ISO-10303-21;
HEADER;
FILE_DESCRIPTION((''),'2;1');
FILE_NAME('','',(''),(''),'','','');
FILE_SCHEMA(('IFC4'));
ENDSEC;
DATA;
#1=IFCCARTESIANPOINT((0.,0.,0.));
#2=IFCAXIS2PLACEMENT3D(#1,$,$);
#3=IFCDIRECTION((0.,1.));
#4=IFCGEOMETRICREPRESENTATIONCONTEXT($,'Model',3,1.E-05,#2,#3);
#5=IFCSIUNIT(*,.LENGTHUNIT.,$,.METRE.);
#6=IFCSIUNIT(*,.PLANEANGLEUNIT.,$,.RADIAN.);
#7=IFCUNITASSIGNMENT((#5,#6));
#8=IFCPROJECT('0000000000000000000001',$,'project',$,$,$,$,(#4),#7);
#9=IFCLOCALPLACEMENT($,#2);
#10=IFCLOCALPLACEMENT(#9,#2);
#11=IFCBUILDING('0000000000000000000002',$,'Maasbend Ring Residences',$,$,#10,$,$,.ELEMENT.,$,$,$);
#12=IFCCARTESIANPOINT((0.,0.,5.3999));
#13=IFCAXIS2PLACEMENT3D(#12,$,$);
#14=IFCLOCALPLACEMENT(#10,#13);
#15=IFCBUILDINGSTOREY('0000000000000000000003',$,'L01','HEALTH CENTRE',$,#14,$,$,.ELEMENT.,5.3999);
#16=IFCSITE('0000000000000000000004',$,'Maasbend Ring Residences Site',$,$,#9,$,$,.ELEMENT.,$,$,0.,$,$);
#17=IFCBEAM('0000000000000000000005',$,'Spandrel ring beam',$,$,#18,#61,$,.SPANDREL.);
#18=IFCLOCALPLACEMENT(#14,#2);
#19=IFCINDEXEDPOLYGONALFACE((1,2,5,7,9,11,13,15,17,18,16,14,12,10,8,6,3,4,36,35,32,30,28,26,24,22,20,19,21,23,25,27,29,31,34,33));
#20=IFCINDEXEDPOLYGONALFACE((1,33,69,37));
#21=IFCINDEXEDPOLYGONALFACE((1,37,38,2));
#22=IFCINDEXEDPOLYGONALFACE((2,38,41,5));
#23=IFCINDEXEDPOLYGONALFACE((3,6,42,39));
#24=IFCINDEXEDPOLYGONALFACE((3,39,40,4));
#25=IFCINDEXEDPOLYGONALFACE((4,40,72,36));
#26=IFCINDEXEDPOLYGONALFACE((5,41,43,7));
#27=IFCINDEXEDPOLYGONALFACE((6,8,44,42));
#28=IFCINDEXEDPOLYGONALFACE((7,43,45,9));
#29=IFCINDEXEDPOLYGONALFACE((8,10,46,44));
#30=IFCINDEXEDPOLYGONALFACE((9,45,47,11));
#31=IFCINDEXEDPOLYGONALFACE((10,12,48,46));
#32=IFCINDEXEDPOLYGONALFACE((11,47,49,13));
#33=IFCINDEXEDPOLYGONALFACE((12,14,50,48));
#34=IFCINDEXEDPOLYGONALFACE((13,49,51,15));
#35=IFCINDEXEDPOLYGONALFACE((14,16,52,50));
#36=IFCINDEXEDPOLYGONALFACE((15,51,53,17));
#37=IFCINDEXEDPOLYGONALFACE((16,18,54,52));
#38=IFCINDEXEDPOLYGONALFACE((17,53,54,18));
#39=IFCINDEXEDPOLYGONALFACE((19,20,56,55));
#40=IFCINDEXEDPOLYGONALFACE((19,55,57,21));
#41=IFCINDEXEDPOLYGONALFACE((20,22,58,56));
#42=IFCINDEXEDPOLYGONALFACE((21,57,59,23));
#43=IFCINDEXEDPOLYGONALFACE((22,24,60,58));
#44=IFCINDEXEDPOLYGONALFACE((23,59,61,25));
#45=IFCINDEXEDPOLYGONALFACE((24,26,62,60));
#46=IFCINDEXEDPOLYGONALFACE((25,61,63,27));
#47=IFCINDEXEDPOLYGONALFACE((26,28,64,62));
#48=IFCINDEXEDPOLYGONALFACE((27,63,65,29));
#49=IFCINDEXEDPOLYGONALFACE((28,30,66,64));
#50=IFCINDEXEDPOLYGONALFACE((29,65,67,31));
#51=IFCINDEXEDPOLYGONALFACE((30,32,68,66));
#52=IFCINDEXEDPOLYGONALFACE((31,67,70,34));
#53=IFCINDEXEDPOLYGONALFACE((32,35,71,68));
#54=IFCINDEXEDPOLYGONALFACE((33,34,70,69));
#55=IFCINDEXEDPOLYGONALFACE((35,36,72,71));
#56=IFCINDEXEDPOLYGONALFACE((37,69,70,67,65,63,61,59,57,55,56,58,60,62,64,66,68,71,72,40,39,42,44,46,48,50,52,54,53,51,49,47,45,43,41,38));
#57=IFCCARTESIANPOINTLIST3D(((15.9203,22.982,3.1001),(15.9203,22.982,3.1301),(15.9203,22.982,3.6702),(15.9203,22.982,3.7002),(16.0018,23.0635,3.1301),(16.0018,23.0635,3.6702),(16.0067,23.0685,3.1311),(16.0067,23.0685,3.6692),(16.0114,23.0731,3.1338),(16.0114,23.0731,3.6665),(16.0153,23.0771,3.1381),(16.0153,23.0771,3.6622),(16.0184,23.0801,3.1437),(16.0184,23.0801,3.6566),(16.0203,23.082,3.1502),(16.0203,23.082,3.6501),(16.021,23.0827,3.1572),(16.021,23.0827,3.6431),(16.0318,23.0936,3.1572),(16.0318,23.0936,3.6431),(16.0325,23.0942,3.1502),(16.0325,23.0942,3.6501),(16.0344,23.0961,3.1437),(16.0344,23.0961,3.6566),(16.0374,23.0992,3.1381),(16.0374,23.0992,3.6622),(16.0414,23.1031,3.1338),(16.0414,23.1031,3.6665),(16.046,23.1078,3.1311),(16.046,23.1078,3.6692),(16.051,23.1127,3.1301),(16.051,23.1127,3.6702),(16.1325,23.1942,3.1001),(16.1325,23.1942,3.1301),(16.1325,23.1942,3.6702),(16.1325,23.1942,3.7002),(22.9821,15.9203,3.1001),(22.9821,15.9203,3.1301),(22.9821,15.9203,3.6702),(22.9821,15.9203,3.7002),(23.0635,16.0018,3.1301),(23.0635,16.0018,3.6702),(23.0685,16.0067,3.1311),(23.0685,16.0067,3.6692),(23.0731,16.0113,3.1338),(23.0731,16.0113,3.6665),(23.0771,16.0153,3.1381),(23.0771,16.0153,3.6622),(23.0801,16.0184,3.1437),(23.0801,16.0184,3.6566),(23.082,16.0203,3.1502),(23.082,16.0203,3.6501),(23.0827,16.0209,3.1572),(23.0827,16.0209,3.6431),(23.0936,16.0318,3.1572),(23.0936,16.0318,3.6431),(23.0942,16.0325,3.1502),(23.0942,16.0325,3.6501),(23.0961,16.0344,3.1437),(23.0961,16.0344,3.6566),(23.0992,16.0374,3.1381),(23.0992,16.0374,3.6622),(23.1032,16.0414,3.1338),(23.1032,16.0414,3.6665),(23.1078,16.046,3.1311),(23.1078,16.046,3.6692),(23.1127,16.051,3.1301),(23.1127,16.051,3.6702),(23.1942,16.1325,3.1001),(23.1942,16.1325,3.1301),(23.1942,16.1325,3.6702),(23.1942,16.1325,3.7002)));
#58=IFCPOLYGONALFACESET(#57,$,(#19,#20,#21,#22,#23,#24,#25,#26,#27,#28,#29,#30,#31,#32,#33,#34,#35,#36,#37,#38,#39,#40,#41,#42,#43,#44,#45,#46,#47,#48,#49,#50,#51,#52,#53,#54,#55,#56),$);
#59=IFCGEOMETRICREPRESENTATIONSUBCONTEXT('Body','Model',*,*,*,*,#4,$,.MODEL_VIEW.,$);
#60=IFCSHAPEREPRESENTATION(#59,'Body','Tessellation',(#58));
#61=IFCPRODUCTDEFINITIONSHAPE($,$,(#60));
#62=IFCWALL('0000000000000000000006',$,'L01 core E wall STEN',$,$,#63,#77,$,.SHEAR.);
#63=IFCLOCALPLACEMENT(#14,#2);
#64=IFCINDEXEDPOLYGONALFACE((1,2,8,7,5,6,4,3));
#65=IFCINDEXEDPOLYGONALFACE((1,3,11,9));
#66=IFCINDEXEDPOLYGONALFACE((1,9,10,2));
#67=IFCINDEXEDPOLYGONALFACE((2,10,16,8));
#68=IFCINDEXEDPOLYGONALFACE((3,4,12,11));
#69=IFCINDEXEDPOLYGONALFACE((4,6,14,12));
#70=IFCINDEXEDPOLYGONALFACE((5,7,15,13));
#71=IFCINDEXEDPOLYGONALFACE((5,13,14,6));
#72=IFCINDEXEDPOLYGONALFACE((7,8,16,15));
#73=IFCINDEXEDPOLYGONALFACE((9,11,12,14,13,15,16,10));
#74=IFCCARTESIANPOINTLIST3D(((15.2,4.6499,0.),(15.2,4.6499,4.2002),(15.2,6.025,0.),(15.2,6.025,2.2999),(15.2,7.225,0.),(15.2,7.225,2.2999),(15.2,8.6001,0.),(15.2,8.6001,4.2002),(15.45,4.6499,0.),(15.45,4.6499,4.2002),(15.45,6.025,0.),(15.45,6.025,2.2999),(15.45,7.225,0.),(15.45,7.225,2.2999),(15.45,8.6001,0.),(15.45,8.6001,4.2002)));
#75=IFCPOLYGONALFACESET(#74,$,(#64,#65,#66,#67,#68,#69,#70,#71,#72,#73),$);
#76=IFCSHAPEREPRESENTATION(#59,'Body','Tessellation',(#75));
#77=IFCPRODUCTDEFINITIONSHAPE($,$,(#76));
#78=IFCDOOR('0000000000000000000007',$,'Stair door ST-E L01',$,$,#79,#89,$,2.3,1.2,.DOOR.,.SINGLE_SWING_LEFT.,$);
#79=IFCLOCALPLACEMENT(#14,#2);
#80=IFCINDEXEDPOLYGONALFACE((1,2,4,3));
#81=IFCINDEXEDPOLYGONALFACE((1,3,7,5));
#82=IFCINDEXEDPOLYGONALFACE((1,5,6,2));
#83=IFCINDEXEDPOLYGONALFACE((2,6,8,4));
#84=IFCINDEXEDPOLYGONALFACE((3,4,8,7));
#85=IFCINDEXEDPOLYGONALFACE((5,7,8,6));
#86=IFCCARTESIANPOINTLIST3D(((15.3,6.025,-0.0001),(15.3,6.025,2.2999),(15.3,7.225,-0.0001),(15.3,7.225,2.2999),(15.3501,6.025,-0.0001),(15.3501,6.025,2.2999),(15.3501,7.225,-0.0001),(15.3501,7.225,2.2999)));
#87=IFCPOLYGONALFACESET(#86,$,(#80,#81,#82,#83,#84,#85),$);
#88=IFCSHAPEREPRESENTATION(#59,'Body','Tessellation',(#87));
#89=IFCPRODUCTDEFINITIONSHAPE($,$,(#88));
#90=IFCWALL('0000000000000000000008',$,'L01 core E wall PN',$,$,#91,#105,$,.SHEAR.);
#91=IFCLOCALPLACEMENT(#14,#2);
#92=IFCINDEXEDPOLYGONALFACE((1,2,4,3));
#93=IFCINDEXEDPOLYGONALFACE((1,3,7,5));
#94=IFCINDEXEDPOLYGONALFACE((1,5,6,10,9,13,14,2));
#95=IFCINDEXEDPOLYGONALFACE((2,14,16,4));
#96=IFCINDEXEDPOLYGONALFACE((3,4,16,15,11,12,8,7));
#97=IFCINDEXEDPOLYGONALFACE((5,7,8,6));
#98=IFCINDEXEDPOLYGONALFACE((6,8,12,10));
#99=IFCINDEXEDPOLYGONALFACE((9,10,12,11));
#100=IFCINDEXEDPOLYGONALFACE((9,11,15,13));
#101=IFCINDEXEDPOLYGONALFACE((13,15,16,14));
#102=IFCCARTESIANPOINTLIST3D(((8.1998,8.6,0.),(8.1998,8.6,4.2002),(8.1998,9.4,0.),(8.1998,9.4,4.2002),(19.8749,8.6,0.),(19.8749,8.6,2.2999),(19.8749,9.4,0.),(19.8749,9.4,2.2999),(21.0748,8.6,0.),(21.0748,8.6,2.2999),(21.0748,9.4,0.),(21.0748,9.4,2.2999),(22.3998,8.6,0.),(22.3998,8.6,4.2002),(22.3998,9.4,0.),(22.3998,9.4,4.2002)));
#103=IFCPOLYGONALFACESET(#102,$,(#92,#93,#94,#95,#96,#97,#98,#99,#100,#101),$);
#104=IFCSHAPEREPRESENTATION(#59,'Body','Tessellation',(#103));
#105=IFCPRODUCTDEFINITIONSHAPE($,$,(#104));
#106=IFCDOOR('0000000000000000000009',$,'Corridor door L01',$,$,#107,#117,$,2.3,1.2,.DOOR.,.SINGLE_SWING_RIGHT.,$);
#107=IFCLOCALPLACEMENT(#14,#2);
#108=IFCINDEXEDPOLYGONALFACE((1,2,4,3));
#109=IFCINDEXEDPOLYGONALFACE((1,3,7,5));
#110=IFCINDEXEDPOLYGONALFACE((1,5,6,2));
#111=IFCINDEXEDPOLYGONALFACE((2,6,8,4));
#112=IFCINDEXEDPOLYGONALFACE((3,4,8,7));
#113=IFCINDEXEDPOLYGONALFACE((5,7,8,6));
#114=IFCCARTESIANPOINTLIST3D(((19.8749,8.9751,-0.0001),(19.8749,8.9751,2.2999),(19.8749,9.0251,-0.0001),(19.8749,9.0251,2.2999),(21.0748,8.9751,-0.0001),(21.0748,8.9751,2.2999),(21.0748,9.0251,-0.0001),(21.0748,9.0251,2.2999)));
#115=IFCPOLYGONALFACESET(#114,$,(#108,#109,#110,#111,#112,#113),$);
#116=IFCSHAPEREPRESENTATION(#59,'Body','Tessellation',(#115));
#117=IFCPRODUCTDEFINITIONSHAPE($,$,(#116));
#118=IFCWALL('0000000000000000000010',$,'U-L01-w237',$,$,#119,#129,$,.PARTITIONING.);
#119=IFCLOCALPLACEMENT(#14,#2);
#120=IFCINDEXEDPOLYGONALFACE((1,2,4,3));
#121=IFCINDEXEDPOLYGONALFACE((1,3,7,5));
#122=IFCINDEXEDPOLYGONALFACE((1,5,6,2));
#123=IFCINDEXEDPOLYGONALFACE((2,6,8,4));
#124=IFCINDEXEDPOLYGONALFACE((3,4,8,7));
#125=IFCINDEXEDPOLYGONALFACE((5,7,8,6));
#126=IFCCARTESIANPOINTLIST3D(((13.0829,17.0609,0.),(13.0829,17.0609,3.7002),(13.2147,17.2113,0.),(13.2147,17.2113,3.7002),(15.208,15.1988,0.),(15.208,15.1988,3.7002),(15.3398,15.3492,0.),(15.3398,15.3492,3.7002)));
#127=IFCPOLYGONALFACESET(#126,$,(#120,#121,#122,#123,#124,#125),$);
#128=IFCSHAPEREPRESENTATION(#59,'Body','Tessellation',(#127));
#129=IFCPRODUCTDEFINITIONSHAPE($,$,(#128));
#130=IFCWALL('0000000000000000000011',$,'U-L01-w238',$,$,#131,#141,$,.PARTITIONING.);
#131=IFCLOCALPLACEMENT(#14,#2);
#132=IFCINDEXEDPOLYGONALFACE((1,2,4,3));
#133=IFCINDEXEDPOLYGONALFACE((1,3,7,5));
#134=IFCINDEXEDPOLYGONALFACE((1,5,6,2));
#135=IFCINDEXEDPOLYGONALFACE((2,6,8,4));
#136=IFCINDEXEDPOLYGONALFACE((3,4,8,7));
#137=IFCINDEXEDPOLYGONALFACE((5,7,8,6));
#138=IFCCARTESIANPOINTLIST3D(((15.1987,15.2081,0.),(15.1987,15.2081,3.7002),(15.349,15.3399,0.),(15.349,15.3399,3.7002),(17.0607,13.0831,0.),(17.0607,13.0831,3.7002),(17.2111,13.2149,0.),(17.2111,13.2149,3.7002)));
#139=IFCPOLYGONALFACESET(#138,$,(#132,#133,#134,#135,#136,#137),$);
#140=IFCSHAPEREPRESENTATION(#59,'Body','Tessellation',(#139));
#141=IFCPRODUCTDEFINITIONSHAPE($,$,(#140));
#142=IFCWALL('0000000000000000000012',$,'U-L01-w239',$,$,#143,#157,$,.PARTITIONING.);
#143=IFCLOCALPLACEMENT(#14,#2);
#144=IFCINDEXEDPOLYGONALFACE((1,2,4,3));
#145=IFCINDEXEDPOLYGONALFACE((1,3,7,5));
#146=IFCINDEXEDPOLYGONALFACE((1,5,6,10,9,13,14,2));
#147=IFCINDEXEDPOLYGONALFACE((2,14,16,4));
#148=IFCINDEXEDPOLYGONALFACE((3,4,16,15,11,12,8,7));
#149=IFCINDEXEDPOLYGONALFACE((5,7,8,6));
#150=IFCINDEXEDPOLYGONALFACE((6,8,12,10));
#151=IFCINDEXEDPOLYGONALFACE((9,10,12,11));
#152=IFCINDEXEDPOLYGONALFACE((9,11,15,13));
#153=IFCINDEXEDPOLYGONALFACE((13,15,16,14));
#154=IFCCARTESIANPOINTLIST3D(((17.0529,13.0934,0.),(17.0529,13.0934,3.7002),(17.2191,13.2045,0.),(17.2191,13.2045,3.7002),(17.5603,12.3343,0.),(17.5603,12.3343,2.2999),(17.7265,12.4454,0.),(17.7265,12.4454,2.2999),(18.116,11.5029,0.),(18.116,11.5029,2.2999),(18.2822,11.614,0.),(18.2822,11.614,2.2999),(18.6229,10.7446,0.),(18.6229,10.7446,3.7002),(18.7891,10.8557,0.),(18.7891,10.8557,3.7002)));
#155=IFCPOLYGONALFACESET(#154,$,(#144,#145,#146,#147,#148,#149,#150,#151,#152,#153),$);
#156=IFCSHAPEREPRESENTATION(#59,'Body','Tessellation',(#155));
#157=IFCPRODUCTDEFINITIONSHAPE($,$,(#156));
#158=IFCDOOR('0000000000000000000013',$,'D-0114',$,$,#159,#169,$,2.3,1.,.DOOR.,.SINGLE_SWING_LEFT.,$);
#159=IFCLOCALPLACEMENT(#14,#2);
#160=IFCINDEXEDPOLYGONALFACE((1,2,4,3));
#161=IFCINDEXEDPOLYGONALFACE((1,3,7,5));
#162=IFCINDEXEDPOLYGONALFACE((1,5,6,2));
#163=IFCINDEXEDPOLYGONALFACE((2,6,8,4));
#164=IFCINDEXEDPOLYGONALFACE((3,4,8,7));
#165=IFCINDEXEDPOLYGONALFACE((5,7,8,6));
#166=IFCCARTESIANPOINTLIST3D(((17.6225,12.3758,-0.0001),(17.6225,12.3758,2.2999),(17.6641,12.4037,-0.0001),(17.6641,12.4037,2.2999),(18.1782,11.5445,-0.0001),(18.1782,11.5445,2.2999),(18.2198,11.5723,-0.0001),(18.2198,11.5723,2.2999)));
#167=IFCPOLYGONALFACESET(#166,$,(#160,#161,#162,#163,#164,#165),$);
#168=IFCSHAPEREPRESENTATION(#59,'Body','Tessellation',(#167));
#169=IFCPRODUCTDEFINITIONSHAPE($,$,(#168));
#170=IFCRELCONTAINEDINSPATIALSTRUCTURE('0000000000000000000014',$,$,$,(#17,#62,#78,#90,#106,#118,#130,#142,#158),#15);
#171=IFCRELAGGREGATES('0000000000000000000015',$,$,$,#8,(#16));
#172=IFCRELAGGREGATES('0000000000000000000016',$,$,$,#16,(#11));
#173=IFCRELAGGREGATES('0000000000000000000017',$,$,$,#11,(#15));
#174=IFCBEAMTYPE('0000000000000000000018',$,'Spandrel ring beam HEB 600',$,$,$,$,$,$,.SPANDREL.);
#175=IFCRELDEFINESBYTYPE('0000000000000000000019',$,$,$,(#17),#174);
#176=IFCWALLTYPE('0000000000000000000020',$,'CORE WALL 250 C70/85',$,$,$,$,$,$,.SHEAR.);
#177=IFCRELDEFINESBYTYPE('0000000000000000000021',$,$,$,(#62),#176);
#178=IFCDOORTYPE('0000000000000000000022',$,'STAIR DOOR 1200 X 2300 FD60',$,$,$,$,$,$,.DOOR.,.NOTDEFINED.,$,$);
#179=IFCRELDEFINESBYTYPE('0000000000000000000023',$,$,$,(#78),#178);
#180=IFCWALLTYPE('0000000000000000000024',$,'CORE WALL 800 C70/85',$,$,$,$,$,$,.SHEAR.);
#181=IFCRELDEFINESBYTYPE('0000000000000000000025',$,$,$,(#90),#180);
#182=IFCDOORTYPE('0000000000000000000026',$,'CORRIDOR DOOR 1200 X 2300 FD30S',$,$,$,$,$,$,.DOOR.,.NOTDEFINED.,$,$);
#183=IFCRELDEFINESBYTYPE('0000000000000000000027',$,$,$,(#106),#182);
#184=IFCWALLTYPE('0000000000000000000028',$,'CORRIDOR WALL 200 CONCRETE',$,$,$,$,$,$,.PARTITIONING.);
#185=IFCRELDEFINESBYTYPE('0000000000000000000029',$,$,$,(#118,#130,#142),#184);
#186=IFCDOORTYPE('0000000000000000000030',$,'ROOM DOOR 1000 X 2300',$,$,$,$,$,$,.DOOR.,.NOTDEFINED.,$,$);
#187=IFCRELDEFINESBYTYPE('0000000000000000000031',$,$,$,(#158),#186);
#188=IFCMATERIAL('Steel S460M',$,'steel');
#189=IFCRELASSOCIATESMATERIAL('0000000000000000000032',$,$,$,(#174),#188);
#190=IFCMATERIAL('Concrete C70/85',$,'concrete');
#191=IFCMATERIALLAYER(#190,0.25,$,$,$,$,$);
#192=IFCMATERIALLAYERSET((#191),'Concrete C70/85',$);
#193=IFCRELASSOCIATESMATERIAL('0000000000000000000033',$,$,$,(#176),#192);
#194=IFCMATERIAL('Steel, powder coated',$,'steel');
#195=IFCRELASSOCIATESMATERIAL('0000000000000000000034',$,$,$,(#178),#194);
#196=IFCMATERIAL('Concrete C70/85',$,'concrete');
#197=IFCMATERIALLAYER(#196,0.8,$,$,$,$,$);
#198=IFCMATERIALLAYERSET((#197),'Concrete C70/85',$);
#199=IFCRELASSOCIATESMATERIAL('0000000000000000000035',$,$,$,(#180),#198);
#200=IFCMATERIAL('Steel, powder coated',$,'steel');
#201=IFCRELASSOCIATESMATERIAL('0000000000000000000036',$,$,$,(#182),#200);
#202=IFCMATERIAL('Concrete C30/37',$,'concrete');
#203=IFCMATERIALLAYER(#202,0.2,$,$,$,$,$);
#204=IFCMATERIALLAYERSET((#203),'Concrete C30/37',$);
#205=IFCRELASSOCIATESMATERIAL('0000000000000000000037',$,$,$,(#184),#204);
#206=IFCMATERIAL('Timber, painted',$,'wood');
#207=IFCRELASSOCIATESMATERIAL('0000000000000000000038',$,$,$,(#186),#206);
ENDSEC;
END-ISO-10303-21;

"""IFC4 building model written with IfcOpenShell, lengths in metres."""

from ifc_helpers import new_model, si_unit, direction, frame, frame_2d, origin, origin_2d, place, context, subcontext, project, spatial, rectangle, i_section, extrude, material, layer, layer_set, material_profile, profile_set, type_object, element, fill, save


model = new_model("IFC4")

# Units and contexts
model_context = context("Model", 3, precision=1e-05, world=origin(), true_north=direction((0.0, 1.0)))
body_context = subcontext(model_context, "Body", "Model", "MODEL_VIEW")
ifc_project = project(units=[si_unit("LENGTHUNIT", "METRE"), si_unit("PLANEANGLEUNIT", "RADIAN")], contexts=[model_context])

# Site, building, storey
site_placement = place(None, origin())
site = spatial("IfcSite", under=ifc_project, at=site_placement, Name="Maasbend Ring Residences Site", CompositionType="ELEMENT", RefElevation=0.0)
building_placement = place(site_placement, origin())
building = spatial("IfcBuilding", under=site, at=building_placement, Name="Maasbend Ring Residences", CompositionType="ELEMENT")
storey_placement = place(building_placement, frame((0.0, 0.0, 5.3999)))
storey = spatial("IfcBuildingStorey", under=building, at=storey_placement, Name="L01", Description="HEALTH CENTRE", CompositionType="ELEMENT", Elevation=5.3999)

# Beam
ifc_material_1 = material(Name="Steel S460M", Category="steel")
ifc_material_profile_1 = material_profile(ifc_material_1, i_section(OverallWidth=0.3, OverallDepth=0.6001, WebThickness=0.0154, FlangeThickness=0.03, FilletRadius=0.0271, at=origin_2d()), Name="HEB 600")
ifc_profile_set_1 = profile_set([ifc_material_profile_1], Name="Steel S460M")
beam_type_1 = type_object("IfcBeamType", Name="Spandrel ring beam HEB 600", PredefinedType="SPANDREL", material=ifc_profile_set_1)
beam_1_placement = place(storey_placement, frame((23.0881, 16.0264, 3.4001), z_axis=(-0.707107, 0.707107, 0.0), x_axis=(-0.707107, -0.707107, 0.0)))
element("IfcBeam", 1, at=beam_1_placement, inside=storey, type_object=beam_type_1, Name="Spandrel ring beam", PredefinedType="SPANDREL", context=body_context, shape_type="SweptSolid", body=[
    extrude(i_section(OverallWidth=0.3, OverallDepth=0.6001, WebThickness=0.0154, FlangeThickness=0.03, FilletRadius=0.0271, at=origin_2d()), origin(), (0.0, 0.0, 1.0), 9.9868),
])

# Walls, openings, doors
ifc_material_2 = material(Name="Concrete C70/85", Category="concrete")
ifc_layer_1 = layer(ifc_material_2, 0.25)
ifc_layer_set_1 = layer_set([ifc_layer_1], Name="Concrete C70/85")
wall_type_1 = type_object("IfcWallType", Name="CORE WALL 250 C70/85", PredefinedType="SHEAR", material=ifc_layer_set_1)
wall_1_placement = place(storey_placement, frame((15.325, 4.6499, 0.0), z_axis=(0.0, 0.0, 1.0), x_axis=(0.0, 1.0, 0.0)))
wall_1 = element("IfcWall", 2, at=wall_1_placement, inside=storey, type_object=wall_type_1, Name="L01 core E wall STEN", PredefinedType="SHEAR", context=body_context, shape_type="SweptSolid", body=[
    extrude(rectangle(XDim=3.9502, YDim=0.25, at=frame_2d((1.9751, 0.0))), origin(), (0.0, 0.0, 1.0), 4.2002),
])
opening_1_placement = place(wall_1_placement, frame((1.375, 0.0, 0.0)))
opening_1 = element("IfcOpeningElement", 3, at=opening_1_placement, cuts=wall_1, PredefinedType="OPENING", context=body_context, shape_type="SweptSolid", body=[
    extrude(rectangle(XDim=1.2, YDim=2.3, at=frame_2d((0.6001, 1.1499))), frame((0.0, 0.135, 0.0), z_axis=(0.0, -1.0, 0.0), x_axis=(1.0, 0.0, 0.0)), (0.0, 0.0, 1.0), 0.27),
])
ifc_material_3 = material(Name="Steel, powder coated", Category="steel")
door_type_1 = type_object("IfcDoorType", Name="STAIR DOOR 1200 X 2300 FD60", OperationType="NOTDEFINED", PredefinedType="DOOR", material=ifc_material_3)
door_1_placement = place(opening_1_placement, origin())
door_1 = element("IfcDoor", 4, at=door_1_placement, inside=storey, type_object=door_type_1, Name="Stair door ST-E L01", OperationType="SINGLE_SWING_LEFT", OverallHeight=2.3, OverallWidth=1.2, PredefinedType="DOOR", context=body_context, shape_type="SweptSolid", body=[
    extrude(rectangle(XDim=1.2, YDim=2.3, at=frame_2d((0.6001, 1.1499))), frame((0.0, 0.0249, 0.0), z_axis=(0.0, -1.0, 0.0), x_axis=(1.0, 0.0, 0.0)), (0.0, 0.0, 1.0), 0.05),
])
fill(opening_1, door_1)
ifc_material_4 = material(Name="Concrete C70/85", Category="concrete")
ifc_layer_2 = layer(ifc_material_4, 0.8)
ifc_layer_set_2 = layer_set([ifc_layer_2], Name="Concrete C70/85")
wall_type_2 = type_object("IfcWallType", Name="CORE WALL 800 C70/85", PredefinedType="SHEAR", material=ifc_layer_set_2)
wall_2_placement = place(storey_placement, frame((22.3999, 9.0, 0.0), z_axis=(0.0, 0.0, 1.0), x_axis=(-1.0, 0.0, 0.0)))
wall_2 = element("IfcWall", 5, at=wall_2_placement, inside=storey, type_object=wall_type_2, Name="L01 core E wall PN", PredefinedType="SHEAR", context=body_context, shape_type="SweptSolid", body=[
    extrude(rectangle(XDim=14.2, YDim=0.8, at=frame_2d((7.1001, 0.0))), origin(), (0.0, 0.0, 1.0), 4.2002),
])
opening_2_placement = place(wall_2_placement, frame((1.325, 0.0, 0.0)))
opening_2 = element("IfcOpeningElement", 6, at=opening_2_placement, cuts=wall_2, PredefinedType="OPENING", context=body_context, shape_type="SweptSolid", body=[
    extrude(rectangle(XDim=1.2, YDim=2.3, at=frame_2d((0.6001, 1.1499))), frame((0.0, 0.4102, 0.0), z_axis=(0.0, -1.0, 0.0), x_axis=(1.0, 0.0, 0.0)), (0.0, 0.0, 1.0), 0.8201),
])
ifc_material_5 = material(Name="Steel, powder coated", Category="steel")
door_type_2 = type_object("IfcDoorType", Name="CORRIDOR DOOR 1200 X 2300 FD30S", OperationType="NOTDEFINED", PredefinedType="DOOR", material=ifc_material_5)
door_2_placement = place(opening_2_placement, origin())
door_2 = element("IfcDoor", 7, at=door_2_placement, inside=storey, type_object=door_type_2, Name="Corridor door L01", OperationType="SINGLE_SWING_RIGHT", OverallHeight=2.3, OverallWidth=1.2, PredefinedType="DOOR", context=body_context, shape_type="SweptSolid", body=[
    extrude(rectangle(XDim=1.2, YDim=2.3, at=frame_2d((0.6001, 1.1499))), frame((0.0, 0.0249, 0.0), z_axis=(0.0, -1.0, 0.0), x_axis=(1.0, 0.0, 0.0)), (0.0, 0.0, 1.0), 0.05),
])
fill(opening_2, door_2)

# Walls
ifc_material_6 = material(Name="Concrete C30/37", Category="concrete")
ifc_layer_3 = layer(ifc_material_6, 0.2)
ifc_layer_set_3 = layer_set([ifc_layer_3], Name="Concrete C30/37")
wall_type_3 = type_object("IfcWallType", Name="CORRIDOR WALL 200 CONCRETE", PredefinedType="PARTITIONING", material=ifc_layer_set_3)
for number, where, z_axis, x_axis, name in (
    (8, (13.1489, 17.136, 0.0), (0.0, 0.0, 1.0), (0.752105, -0.659043, 0.0), "U-L01-w237"),
    (9, (15.2739, 15.2739, 0.0), (0.0, 0.0, 1.0), (0.659043, -0.752105, 0.0), "U-L01-w238"),
):
    element("IfcWall", number, at=place(storey_placement, frame(where, z_axis=z_axis, x_axis=x_axis)), inside=storey, type_object=wall_type_3, Name=name, PredefinedType="PARTITIONING", context=body_context, shape_type="SweptSolid", body=[
        extrude(rectangle(XDim=2.8254, YDim=0.2, at=frame_2d((1.4126, 0.0))), origin(), (0.0, 0.0, 1.0), 3.7002),
    ])

# Wall, opening, door
wall_3_placement = place(storey_placement, frame((17.136, 13.1489, 0.0), z_axis=(0.0, 0.0, 1.0), x_axis=(0.555717, -0.831372, 0.0)))
wall_3 = element("IfcWall", 10, at=wall_3_placement, inside=storey, type_object=wall_type_3, Name="U-L01-w239", PredefinedType="PARTITIONING", context=body_context, shape_type="SweptSolid", body=[
    extrude(rectangle(XDim=2.8252, YDim=0.2, at=frame_2d((1.4126, 0.0))), origin(), (0.0, 0.0, 1.0), 3.7002),
])
opening_3_placement = place(wall_3_placement, frame((0.9131, 0.0, 0.0)))
opening_3 = element("IfcOpeningElement", 11, at=opening_3_placement, cuts=wall_3, PredefinedType="OPENING", context=body_context, shape_type="SweptSolid", body=[
    extrude(rectangle(XDim=1.0, YDim=2.3, at=frame_2d((0.5, 1.1499))), frame((0.0, 0.1099, 0.0), z_axis=(0.0, -1.0, 0.0), x_axis=(1.0, 0.0, 0.0)), (0.0, 0.0, 1.0), 0.22),
])
ifc_material_7 = material(Name="Timber, painted", Category="wood")
door_type_3 = type_object("IfcDoorType", Name="ROOM DOOR 1000 X 2300", OperationType="NOTDEFINED", PredefinedType="DOOR", material=ifc_material_7)
door_3_placement = place(opening_3_placement, origin())
door_3 = element("IfcDoor", 12, at=door_3_placement, inside=storey, type_object=door_type_3, Name="D-0114", OperationType="SINGLE_SWING_LEFT", OverallHeight=2.3, OverallWidth=1.0, PredefinedType="DOOR", context=body_context, shape_type="SweptSolid", body=[
    extrude(rectangle(XDim=1.0, YDim=2.3, at=frame_2d((0.5, 1.1499))), frame((0.0, 0.0249, 0.0), z_axis=(0.0, -1.0, 0.0), x_axis=(1.0, 0.0, 0.0)), (0.0, 0.0, 1.0), 0.05),
])
fill(opening_3, door_3)

save(model, "model.ifc")
